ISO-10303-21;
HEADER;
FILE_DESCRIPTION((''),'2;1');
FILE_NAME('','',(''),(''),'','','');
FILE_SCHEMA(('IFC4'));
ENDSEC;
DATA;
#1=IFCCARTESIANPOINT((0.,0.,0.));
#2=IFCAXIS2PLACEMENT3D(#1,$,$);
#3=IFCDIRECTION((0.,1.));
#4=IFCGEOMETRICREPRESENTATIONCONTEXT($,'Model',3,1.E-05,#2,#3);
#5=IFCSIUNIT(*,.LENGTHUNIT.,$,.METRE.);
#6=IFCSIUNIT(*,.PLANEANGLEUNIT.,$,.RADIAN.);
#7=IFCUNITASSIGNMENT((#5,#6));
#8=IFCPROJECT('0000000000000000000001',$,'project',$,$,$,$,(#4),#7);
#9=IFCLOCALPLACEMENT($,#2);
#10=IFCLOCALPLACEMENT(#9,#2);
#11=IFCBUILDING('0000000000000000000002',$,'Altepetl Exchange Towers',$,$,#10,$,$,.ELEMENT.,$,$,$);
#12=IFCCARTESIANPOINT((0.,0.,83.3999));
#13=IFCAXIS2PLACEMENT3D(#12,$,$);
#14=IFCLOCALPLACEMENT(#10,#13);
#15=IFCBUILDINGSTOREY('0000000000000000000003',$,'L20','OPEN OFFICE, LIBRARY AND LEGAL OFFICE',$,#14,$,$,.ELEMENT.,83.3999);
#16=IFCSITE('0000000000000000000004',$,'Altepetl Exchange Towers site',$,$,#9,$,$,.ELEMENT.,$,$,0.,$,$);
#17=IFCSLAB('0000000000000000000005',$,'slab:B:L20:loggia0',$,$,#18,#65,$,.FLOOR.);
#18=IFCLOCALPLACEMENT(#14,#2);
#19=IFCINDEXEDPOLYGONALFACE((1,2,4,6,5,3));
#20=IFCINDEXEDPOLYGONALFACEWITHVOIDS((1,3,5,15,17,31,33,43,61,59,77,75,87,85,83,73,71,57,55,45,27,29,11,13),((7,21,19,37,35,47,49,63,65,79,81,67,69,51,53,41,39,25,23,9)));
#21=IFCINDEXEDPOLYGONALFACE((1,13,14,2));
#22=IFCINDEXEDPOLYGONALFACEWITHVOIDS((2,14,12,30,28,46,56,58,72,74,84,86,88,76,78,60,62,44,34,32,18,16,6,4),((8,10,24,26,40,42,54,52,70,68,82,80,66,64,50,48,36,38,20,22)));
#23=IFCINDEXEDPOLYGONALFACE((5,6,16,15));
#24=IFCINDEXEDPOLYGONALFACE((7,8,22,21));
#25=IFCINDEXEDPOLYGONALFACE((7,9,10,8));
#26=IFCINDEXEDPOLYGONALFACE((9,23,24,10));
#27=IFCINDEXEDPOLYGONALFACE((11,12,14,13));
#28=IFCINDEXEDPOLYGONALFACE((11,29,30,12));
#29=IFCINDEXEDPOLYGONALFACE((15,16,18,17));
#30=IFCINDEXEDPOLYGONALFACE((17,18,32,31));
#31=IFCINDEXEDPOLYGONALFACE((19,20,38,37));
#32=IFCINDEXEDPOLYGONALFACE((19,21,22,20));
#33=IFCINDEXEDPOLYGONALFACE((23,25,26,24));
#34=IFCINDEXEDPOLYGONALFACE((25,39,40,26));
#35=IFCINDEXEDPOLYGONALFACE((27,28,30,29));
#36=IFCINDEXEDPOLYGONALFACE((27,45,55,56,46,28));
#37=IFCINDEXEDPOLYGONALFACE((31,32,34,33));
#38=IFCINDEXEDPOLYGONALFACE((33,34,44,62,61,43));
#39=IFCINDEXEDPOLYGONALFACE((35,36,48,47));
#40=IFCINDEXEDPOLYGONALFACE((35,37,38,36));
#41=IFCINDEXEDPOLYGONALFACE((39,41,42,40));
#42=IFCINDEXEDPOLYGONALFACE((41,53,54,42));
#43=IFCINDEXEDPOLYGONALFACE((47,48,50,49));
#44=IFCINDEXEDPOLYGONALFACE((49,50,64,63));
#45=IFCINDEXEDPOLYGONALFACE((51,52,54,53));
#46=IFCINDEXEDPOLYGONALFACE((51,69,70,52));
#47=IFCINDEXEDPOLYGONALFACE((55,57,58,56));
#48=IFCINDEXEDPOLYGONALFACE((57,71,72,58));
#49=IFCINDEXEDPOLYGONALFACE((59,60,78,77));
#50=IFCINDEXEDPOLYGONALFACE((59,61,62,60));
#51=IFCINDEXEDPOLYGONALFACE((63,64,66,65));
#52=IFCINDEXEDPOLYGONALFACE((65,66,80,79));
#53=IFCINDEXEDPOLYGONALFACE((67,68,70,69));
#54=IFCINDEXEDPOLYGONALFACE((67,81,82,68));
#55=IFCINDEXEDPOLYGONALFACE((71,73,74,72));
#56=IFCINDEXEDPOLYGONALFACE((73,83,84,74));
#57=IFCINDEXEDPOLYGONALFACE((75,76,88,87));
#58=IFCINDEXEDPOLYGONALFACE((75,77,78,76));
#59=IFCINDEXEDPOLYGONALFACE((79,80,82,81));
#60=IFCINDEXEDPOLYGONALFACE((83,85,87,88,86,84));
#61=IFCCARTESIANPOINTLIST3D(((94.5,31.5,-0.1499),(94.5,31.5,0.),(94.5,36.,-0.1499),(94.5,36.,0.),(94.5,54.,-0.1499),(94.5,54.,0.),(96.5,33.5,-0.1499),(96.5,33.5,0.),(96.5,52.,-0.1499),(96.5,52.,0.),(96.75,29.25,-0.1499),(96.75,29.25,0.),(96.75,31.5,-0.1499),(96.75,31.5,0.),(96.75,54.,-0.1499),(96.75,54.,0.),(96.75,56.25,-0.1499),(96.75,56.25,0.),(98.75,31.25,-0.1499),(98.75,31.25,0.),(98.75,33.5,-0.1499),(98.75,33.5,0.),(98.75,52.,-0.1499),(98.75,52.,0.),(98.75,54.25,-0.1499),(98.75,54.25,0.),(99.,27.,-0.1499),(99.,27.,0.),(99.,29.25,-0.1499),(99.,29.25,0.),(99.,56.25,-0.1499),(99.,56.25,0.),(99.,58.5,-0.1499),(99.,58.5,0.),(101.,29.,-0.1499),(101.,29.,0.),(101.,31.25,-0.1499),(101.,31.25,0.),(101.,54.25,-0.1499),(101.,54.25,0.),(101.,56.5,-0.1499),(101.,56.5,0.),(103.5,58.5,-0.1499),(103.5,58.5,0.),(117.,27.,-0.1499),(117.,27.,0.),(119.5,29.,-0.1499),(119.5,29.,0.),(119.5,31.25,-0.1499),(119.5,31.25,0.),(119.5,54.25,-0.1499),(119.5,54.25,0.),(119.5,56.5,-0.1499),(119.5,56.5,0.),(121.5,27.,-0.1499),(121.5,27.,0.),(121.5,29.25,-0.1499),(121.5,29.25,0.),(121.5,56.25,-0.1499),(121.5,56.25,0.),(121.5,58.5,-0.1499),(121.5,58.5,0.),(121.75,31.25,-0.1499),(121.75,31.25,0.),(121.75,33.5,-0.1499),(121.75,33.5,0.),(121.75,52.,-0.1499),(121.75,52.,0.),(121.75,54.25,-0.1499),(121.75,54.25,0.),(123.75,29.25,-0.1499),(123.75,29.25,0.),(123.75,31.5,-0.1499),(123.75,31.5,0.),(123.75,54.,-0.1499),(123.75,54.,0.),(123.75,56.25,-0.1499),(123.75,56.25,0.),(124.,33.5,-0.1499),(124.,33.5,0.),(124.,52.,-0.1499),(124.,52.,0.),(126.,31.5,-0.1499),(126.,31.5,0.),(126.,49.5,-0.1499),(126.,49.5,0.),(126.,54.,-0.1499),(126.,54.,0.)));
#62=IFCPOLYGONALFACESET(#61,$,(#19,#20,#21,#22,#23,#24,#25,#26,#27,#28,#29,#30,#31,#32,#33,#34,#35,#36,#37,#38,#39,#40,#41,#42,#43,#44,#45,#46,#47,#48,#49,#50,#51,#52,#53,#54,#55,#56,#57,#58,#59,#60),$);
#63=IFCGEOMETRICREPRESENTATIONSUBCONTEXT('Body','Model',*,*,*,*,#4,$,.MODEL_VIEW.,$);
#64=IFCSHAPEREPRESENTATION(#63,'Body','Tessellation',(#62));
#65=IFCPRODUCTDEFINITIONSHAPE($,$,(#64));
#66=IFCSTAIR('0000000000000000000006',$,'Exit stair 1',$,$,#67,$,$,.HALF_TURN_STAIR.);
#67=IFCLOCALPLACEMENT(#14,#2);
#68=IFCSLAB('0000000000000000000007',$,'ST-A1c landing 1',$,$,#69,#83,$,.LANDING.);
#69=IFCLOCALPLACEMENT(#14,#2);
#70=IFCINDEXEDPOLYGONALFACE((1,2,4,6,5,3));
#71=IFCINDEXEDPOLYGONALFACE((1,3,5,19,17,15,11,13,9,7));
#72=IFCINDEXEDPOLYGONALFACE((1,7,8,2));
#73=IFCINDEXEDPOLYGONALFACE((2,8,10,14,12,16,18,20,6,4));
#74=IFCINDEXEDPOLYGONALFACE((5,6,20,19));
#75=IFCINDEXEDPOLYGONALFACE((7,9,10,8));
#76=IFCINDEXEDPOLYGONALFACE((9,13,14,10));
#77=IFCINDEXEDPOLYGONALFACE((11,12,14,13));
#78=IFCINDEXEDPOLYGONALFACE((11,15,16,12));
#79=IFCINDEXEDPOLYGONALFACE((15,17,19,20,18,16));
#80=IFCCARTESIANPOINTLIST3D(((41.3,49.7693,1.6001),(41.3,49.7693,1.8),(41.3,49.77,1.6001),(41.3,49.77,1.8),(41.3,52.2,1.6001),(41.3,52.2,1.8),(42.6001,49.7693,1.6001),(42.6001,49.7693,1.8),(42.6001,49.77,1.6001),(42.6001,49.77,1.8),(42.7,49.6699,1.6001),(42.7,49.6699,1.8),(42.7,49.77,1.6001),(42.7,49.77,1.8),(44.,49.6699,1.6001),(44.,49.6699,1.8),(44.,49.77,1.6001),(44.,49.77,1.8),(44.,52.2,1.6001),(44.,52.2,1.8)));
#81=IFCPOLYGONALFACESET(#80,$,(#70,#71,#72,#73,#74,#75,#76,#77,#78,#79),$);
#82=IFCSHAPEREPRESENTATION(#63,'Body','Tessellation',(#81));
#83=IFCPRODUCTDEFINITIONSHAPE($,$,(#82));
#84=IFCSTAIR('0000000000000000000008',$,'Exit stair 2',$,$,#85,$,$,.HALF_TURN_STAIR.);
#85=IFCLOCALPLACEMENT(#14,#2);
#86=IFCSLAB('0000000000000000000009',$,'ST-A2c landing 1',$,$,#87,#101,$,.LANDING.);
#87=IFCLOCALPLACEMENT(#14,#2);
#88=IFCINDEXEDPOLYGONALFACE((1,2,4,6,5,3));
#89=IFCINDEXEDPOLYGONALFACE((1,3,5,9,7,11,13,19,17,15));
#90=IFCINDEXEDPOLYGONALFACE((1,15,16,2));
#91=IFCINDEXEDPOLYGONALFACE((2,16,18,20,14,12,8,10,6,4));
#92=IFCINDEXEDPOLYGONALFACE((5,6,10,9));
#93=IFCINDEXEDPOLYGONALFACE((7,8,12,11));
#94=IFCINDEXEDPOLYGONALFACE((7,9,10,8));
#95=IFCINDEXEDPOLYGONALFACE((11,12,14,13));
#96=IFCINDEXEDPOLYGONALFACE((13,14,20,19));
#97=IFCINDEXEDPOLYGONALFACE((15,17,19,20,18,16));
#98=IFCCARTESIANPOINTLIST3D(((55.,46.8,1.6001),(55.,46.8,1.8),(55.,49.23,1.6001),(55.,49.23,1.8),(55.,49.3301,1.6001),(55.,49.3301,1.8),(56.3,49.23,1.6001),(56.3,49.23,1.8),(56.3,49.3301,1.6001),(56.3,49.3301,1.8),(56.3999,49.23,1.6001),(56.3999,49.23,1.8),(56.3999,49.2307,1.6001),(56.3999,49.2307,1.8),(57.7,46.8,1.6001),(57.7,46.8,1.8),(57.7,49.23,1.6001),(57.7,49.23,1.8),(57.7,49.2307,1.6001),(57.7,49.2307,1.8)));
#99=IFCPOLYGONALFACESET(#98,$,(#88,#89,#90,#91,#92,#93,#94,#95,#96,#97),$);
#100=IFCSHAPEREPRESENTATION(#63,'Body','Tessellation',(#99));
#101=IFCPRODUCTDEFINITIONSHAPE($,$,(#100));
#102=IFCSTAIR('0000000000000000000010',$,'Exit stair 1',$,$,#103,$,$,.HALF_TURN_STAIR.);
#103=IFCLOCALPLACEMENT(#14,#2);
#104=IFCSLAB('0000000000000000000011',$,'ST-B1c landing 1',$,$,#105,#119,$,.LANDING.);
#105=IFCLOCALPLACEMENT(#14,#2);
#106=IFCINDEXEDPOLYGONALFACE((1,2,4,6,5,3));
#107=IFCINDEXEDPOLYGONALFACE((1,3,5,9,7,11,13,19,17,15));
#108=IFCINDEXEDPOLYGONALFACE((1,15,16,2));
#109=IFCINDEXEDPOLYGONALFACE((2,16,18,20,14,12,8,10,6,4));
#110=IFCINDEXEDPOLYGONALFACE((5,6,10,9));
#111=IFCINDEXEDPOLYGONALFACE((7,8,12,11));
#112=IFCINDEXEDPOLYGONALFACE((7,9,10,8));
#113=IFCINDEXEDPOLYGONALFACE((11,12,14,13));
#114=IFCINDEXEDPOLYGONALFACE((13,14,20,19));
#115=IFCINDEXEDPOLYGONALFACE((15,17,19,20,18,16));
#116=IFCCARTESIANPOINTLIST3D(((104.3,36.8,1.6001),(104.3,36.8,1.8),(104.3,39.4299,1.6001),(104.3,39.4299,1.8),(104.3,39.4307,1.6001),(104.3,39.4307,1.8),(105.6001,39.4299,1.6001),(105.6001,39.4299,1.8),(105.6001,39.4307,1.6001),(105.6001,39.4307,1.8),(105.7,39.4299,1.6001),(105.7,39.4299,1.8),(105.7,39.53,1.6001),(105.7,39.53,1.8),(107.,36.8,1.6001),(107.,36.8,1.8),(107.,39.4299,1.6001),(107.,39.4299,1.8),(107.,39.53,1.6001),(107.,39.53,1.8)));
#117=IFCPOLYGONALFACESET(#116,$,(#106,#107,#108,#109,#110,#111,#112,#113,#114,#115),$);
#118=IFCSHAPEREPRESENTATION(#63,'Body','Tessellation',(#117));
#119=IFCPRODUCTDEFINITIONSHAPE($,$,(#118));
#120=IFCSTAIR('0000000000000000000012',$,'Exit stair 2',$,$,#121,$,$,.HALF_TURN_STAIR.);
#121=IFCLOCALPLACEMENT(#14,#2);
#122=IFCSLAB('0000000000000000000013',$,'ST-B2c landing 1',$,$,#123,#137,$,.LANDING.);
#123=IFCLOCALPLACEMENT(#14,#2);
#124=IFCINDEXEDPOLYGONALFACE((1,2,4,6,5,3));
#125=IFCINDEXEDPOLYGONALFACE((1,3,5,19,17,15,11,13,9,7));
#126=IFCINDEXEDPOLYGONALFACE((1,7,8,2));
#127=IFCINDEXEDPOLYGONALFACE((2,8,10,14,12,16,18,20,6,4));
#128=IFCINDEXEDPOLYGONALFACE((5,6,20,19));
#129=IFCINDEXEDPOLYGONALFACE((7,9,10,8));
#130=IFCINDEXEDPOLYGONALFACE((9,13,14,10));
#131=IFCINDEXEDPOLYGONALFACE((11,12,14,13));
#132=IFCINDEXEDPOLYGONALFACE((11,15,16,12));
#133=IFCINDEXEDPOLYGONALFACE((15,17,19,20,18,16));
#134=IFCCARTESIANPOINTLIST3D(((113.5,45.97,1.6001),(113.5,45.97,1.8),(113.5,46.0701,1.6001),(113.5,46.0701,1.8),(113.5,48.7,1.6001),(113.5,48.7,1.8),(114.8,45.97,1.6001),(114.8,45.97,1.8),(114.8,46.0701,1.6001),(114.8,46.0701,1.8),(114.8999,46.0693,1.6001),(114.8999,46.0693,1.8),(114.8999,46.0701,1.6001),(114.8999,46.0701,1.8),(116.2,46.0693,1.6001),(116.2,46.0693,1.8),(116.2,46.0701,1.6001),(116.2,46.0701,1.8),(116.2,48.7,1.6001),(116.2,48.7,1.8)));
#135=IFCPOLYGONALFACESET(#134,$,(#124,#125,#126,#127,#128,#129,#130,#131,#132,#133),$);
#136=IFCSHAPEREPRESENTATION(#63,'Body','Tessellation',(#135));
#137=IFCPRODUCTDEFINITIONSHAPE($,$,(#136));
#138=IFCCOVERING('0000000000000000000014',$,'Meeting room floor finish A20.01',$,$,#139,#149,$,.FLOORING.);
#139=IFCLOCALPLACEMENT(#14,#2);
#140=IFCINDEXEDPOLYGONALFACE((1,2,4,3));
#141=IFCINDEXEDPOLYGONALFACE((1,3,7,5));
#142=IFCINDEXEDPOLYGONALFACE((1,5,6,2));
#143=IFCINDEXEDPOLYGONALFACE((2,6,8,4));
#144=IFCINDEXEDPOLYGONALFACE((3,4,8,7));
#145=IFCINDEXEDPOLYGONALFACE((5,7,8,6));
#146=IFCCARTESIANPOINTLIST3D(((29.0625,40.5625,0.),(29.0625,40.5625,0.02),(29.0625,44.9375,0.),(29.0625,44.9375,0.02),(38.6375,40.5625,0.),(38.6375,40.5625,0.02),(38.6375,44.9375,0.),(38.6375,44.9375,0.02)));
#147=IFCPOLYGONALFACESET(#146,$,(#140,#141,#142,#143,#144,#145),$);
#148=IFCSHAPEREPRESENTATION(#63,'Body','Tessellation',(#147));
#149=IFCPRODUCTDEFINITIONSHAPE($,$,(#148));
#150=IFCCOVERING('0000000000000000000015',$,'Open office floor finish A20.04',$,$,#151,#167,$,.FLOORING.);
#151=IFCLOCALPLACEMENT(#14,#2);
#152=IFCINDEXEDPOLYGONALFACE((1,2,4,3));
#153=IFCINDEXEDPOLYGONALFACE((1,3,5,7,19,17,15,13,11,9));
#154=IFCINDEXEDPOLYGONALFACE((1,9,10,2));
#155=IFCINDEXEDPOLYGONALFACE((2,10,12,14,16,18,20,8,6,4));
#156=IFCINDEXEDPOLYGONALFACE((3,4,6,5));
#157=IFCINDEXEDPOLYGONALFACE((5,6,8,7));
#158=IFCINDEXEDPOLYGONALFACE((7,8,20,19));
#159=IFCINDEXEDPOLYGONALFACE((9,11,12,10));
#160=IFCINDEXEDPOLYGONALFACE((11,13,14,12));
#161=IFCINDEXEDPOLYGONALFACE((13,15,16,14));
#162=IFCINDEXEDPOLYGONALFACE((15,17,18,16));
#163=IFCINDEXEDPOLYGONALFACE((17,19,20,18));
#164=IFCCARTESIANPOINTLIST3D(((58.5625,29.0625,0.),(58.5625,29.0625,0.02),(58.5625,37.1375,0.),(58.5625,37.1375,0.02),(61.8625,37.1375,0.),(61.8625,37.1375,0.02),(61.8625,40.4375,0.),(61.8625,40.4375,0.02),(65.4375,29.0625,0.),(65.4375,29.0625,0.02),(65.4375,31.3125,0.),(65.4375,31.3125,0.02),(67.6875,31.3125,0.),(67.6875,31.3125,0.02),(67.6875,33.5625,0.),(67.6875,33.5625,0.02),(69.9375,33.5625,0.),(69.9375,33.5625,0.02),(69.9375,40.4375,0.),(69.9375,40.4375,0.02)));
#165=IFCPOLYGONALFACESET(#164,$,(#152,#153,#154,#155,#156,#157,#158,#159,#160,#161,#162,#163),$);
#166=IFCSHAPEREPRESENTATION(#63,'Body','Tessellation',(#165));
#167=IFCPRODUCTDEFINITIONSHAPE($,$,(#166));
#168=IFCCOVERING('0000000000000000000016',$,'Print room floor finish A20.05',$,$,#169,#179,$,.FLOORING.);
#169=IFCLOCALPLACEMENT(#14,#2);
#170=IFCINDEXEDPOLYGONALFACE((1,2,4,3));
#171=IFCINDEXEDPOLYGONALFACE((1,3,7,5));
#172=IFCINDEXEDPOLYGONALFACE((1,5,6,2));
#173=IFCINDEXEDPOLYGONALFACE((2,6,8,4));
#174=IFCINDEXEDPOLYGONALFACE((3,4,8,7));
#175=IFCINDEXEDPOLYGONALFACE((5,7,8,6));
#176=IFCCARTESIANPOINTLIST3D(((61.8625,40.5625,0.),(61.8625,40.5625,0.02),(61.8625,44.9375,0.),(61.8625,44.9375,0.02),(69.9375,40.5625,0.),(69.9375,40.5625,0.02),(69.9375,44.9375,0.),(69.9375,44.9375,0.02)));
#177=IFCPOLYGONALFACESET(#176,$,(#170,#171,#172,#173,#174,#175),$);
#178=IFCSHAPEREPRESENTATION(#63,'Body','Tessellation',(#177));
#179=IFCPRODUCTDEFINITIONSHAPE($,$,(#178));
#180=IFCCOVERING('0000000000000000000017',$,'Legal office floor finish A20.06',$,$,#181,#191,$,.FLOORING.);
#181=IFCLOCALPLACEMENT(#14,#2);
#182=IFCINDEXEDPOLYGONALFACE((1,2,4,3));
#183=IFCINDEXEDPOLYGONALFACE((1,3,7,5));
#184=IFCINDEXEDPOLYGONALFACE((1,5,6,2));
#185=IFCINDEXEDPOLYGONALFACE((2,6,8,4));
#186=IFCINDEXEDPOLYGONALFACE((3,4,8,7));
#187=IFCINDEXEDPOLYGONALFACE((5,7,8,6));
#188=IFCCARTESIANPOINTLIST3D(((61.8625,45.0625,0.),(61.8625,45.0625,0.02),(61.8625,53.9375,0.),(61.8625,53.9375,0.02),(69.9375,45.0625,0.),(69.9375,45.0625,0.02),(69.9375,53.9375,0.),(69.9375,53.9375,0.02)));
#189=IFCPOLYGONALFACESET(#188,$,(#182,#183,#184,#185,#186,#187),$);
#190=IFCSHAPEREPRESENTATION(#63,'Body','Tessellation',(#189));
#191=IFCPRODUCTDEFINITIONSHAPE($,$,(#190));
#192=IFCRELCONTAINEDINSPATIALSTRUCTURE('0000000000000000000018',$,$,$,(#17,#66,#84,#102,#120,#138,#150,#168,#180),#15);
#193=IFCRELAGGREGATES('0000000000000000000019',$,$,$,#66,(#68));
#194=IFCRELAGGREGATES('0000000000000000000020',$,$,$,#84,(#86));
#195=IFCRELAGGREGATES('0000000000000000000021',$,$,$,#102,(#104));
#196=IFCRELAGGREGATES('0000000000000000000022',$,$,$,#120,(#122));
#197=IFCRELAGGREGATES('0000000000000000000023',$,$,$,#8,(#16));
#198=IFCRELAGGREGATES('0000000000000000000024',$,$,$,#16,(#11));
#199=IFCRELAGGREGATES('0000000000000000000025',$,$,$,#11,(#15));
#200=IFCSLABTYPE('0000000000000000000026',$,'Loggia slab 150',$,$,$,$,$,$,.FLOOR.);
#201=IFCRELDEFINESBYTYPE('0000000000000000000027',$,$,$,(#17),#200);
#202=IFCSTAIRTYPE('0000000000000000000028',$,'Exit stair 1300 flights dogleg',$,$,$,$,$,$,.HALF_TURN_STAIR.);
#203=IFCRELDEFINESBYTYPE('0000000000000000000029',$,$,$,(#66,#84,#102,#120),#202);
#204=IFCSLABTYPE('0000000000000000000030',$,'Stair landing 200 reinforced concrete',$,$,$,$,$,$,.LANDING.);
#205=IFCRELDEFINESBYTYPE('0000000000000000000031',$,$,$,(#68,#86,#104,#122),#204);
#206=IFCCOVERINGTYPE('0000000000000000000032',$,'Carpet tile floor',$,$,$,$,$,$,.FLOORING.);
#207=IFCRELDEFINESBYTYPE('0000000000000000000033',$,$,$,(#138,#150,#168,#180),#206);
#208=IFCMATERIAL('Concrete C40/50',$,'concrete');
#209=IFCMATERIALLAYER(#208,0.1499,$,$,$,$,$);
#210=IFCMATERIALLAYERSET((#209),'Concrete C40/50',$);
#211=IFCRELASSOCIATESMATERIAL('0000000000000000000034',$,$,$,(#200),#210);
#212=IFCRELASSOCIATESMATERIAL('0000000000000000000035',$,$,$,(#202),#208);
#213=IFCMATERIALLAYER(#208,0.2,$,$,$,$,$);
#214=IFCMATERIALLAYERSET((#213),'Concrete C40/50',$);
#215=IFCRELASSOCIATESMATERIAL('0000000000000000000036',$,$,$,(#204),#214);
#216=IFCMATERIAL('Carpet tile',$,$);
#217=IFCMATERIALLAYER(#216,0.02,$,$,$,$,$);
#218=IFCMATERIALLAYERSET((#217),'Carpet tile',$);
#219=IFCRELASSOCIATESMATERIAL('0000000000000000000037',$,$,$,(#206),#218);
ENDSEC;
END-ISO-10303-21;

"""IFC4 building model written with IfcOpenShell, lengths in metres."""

from ifc_helpers import new_model, si_unit, direction, frame, origin, place, context, subcontext, project, spatial, polyline, outline, extrude, material, layer, layer_set, type_object, element, aggregate, save


model = new_model("IFC4")

# Units and contexts
model_context = context("Model", 3, precision=1e-05, world=origin(), true_north=direction((0.0, 1.0)))
body_context = subcontext(model_context, "Body", "Model", "MODEL_VIEW")
ifc_project = project(units=[si_unit("LENGTHUNIT", "METRE"), si_unit("PLANEANGLEUNIT", "RADIAN")], contexts=[model_context])

# Site, building, storey
site_placement = place(None, origin())
site = spatial("IfcSite", under=ifc_project, at=site_placement, Name="Altepetl Exchange Towers site", CompositionType="ELEMENT", RefElevation=0.0)
building_placement = place(site_placement, origin())
building = spatial("IfcBuilding", under=site, at=building_placement, Name="Altepetl Exchange Towers", CompositionType="ELEMENT")
storey_placement = place(building_placement, frame((0.0, 0.0, 83.3999)))
storey = spatial("IfcBuildingStorey", under=building, at=storey_placement, Name="L20", Description="OPEN OFFICE, LIBRARY AND LEGAL OFFICE", CompositionType="ELEMENT", Elevation=83.3999)

# Slab
ifc_material_1 = material(Name="Concrete C40/50", Category="concrete")
ifc_layer_1 = layer(ifc_material_1, 0.1499)
ifc_layer_set_1 = layer_set([ifc_layer_1], Name="Concrete C40/50")
slab_type_1 = type_object("IfcSlabType", Name="Loggia slab 150", PredefinedType="FLOOR", material=ifc_layer_set_1)
slab_1_placement = place(storey_placement, frame((0.0, 0.0, -0.1499)))
element("IfcSlab", 1, at=slab_1_placement, inside=storey, type_object=slab_type_1, Name="slab:B:L20:loggia0", PredefinedType="FLOOR", context=body_context, shape_type="SweptSolid", body=[
    extrude(outline(polyline([(96.75, 54.0), (94.5, 54.0), (94.5, 36.0), (94.5, 31.5), (96.75, 31.5), (96.75, 29.25), (99.0, 29.25), (99.0, 27.0), (117.0, 27.0), (121.5, 27.0), (121.5, 29.25), (123.75, 29.25), (123.75, 31.5), (126.0, 31.5), (126.0, 49.5), (126.0, 54.0), (123.75, 54.0), (123.75, 56.25), (121.5, 56.25), (121.5, 58.5), (103.5, 58.5), (99.0, 58.5), (99.0, 56.25), (96.75, 56.25), (96.75, 54.0)]), holes=[polyline([(96.5, 52.0), (98.75, 52.0), (98.75, 54.25), (101.0, 54.25), (101.0, 56.5), (119.5, 56.5), (119.5, 54.25), (121.75, 54.25), (121.75, 52.0), (124.0, 52.0), (124.0, 33.5), (121.75, 33.5), (121.75, 31.25), (119.5, 31.25), (119.5, 29.0), (101.0, 29.0), (101.0, 31.25), (98.75, 31.25), (98.75, 33.5), (96.5, 33.5), (96.5, 52.0)])]), origin(), (0.0, 0.0, 1.0), 0.1499),
])

# Stairs, slabs
stair_type = type_object("IfcStairType", Name="Exit stair 1300 flights dogleg", PredefinedType="HALF_TURN_STAIR", material=ifc_material_1)
stair_1_placement = place(storey_placement, origin())
stair_1 = element("IfcStair", 2, at=stair_1_placement, inside=storey, type_object=stair_type, Name="Exit stair 1", PredefinedType="HALF_TURN_STAIR")
ifc_layer_2 = layer(ifc_material_1, 0.2)
ifc_layer_set_2 = layer_set([ifc_layer_2], Name="Concrete C40/50")
slab_type_2 = type_object("IfcSlabType", Name="Stair landing 200 reinforced concrete", PredefinedType="LANDING", material=ifc_layer_set_2)
slab_2_placement = place(storey_placement, frame((0.0, 0.0, 1.6001)))
slab_2 = element("IfcSlab", 3, at=slab_2_placement, type_object=slab_type_2, Name="ST-A1c landing 1", PredefinedType="LANDING", context=body_context, shape_type="SweptSolid", body=[
    extrude(outline(polyline([(44.0, 49.6699), (42.7, 49.6699), (42.7, 49.77), (42.6001, 49.77), (42.6001, 49.7693), (41.3, 49.7693), (41.3, 49.77), (41.3, 52.2), (44.0, 52.2), (44.0, 49.77), (44.0, 49.6699)])), origin(), (0.0, 0.0, 1.0), 0.2),
])
aggregate(stair_1, [slab_2])
stair_2_placement = place(storey_placement, origin())
stair_2 = element("IfcStair", 4, at=stair_2_placement, inside=storey, type_object=stair_type, Name="Exit stair 2", PredefinedType="HALF_TURN_STAIR")
slab_3_placement = place(storey_placement, frame((0.0, 0.0, 1.6001)))
slab_3 = element("IfcSlab", 5, at=slab_3_placement, type_object=slab_type_2, Name="ST-A2c landing 1", PredefinedType="LANDING", context=body_context, shape_type="SweptSolid", body=[
    extrude(outline(polyline([(57.7, 46.8), (55.0, 46.8), (55.0, 49.23), (55.0, 49.3301), (56.3, 49.3301), (56.3, 49.23), (56.3999, 49.23), (56.3999, 49.2307), (57.7, 49.2307), (57.7, 49.23), (57.7, 46.8)])), origin(), (0.0, 0.0, 1.0), 0.2),
])
aggregate(stair_2, [slab_3])
stair_3_placement = place(storey_placement, origin())
stair_3 = element("IfcStair", 6, at=stair_3_placement, inside=storey, type_object=stair_type, Name="Exit stair 1", PredefinedType="HALF_TURN_STAIR")
slab_4_placement = place(storey_placement, frame((0.0, 0.0, 1.6001)))
slab_4 = element("IfcSlab", 7, at=slab_4_placement, type_object=slab_type_2, Name="ST-B1c landing 1", PredefinedType="LANDING", context=body_context, shape_type="SweptSolid", body=[
    extrude(outline(polyline([(107.0, 36.8), (104.3, 36.8), (104.3, 39.4299), (104.3, 39.4307), (105.6001, 39.4307), (105.6001, 39.4299), (105.7, 39.4299), (105.7, 39.53), (107.0, 39.53), (107.0, 39.4299), (107.0, 36.8)])), origin(), (0.0, 0.0, 1.0), 0.2),
])
aggregate(stair_3, [slab_4])
stair_4_placement = place(storey_placement, origin())
stair_4 = element("IfcStair", 8, at=stair_4_placement, inside=storey, type_object=stair_type, Name="Exit stair 2", PredefinedType="HALF_TURN_STAIR")
slab_5_placement = place(storey_placement, frame((0.0, 0.0, 1.6001)))
slab_5 = element("IfcSlab", 9, at=slab_5_placement, type_object=slab_type_2, Name="ST-B2c landing 1", PredefinedType="LANDING", context=body_context, shape_type="SweptSolid", body=[
    extrude(outline(polyline([(114.8, 45.97), (113.5, 45.97), (113.5, 46.0701), (113.5, 48.7), (116.2, 48.7), (116.2, 46.0701), (116.2, 46.0693), (114.8999, 46.0693), (114.8999, 46.0701), (114.8, 46.0701), (114.8, 45.97)])), origin(), (0.0, 0.0, 1.0), 0.2),
])
aggregate(stair_4, [slab_5])

# Coverings
ifc_material_2 = material(Name="Carpet tile")
ifc_layer_3 = layer(ifc_material_2, 0.02)
ifc_layer_set_3 = layer_set([ifc_layer_3], Name="Carpet tile")
covering_type_1 = type_object("IfcCoveringType", Name="Carpet tile floor", PredefinedType="FLOORING", material=ifc_layer_set_3)
covering_1_placement = place(storey_placement, origin())
element("IfcCovering", 10, at=covering_1_placement, inside=storey, type_object=covering_type_1, Name="Meeting room floor finish A20.01", PredefinedType="FLOORING", context=body_context, shape_type="SweptSolid", body=[
    extrude(outline(polyline([(29.0625, 40.5625), (38.6375, 40.5625), (38.6375, 44.9375), (29.0625, 44.9375), (29.0625, 40.5625)])), origin(), (0.0, 0.0, 1.0), 0.02),
])
covering_2_placement = place(storey_placement, origin())
element("IfcCovering", 11, at=covering_2_placement, inside=storey, type_object=covering_type_1, Name="Open office floor finish A20.04", PredefinedType="FLOORING", context=body_context, shape_type="SweptSolid", body=[
    extrude(outline(polyline([(69.9375, 40.4375), (61.8625, 40.4375), (61.8625, 37.1375), (58.5625, 37.1375), (58.5625, 29.0625), (65.4375, 29.0625), (65.4375, 31.3125), (67.6875, 31.3125), (67.6875, 33.5625), (69.9375, 33.5625), (69.9375, 40.4375)])), origin(), (0.0, 0.0, 1.0), 0.02),
])
covering_3_placement = place(storey_placement, origin())
element("IfcCovering", 12, at=covering_3_placement, inside=storey, type_object=covering_type_1, Name="Print room floor finish A20.05", PredefinedType="FLOORING", context=body_context, shape_type="SweptSolid", body=[
    extrude(outline(polyline([(69.9375, 44.9375), (61.8625, 44.9375), (61.8625, 40.5625), (69.9375, 40.5625), (69.9375, 44.9375)])), origin(), (0.0, 0.0, 1.0), 0.02),
])
covering_4_placement = place(storey_placement, origin())
element("IfcCovering", 13, at=covering_4_placement, inside=storey, type_object=covering_type_1, Name="Legal office floor finish A20.06", PredefinedType="FLOORING", context=body_context, shape_type="SweptSolid", body=[
    extrude(outline(polyline([(69.9375, 53.9375), (61.8625, 53.9375), (61.8625, 45.0625), (69.9375, 45.0625), (69.9375, 53.9375)])), origin(), (0.0, 0.0, 1.0), 0.02),
])

save(model, "model.ifc")
